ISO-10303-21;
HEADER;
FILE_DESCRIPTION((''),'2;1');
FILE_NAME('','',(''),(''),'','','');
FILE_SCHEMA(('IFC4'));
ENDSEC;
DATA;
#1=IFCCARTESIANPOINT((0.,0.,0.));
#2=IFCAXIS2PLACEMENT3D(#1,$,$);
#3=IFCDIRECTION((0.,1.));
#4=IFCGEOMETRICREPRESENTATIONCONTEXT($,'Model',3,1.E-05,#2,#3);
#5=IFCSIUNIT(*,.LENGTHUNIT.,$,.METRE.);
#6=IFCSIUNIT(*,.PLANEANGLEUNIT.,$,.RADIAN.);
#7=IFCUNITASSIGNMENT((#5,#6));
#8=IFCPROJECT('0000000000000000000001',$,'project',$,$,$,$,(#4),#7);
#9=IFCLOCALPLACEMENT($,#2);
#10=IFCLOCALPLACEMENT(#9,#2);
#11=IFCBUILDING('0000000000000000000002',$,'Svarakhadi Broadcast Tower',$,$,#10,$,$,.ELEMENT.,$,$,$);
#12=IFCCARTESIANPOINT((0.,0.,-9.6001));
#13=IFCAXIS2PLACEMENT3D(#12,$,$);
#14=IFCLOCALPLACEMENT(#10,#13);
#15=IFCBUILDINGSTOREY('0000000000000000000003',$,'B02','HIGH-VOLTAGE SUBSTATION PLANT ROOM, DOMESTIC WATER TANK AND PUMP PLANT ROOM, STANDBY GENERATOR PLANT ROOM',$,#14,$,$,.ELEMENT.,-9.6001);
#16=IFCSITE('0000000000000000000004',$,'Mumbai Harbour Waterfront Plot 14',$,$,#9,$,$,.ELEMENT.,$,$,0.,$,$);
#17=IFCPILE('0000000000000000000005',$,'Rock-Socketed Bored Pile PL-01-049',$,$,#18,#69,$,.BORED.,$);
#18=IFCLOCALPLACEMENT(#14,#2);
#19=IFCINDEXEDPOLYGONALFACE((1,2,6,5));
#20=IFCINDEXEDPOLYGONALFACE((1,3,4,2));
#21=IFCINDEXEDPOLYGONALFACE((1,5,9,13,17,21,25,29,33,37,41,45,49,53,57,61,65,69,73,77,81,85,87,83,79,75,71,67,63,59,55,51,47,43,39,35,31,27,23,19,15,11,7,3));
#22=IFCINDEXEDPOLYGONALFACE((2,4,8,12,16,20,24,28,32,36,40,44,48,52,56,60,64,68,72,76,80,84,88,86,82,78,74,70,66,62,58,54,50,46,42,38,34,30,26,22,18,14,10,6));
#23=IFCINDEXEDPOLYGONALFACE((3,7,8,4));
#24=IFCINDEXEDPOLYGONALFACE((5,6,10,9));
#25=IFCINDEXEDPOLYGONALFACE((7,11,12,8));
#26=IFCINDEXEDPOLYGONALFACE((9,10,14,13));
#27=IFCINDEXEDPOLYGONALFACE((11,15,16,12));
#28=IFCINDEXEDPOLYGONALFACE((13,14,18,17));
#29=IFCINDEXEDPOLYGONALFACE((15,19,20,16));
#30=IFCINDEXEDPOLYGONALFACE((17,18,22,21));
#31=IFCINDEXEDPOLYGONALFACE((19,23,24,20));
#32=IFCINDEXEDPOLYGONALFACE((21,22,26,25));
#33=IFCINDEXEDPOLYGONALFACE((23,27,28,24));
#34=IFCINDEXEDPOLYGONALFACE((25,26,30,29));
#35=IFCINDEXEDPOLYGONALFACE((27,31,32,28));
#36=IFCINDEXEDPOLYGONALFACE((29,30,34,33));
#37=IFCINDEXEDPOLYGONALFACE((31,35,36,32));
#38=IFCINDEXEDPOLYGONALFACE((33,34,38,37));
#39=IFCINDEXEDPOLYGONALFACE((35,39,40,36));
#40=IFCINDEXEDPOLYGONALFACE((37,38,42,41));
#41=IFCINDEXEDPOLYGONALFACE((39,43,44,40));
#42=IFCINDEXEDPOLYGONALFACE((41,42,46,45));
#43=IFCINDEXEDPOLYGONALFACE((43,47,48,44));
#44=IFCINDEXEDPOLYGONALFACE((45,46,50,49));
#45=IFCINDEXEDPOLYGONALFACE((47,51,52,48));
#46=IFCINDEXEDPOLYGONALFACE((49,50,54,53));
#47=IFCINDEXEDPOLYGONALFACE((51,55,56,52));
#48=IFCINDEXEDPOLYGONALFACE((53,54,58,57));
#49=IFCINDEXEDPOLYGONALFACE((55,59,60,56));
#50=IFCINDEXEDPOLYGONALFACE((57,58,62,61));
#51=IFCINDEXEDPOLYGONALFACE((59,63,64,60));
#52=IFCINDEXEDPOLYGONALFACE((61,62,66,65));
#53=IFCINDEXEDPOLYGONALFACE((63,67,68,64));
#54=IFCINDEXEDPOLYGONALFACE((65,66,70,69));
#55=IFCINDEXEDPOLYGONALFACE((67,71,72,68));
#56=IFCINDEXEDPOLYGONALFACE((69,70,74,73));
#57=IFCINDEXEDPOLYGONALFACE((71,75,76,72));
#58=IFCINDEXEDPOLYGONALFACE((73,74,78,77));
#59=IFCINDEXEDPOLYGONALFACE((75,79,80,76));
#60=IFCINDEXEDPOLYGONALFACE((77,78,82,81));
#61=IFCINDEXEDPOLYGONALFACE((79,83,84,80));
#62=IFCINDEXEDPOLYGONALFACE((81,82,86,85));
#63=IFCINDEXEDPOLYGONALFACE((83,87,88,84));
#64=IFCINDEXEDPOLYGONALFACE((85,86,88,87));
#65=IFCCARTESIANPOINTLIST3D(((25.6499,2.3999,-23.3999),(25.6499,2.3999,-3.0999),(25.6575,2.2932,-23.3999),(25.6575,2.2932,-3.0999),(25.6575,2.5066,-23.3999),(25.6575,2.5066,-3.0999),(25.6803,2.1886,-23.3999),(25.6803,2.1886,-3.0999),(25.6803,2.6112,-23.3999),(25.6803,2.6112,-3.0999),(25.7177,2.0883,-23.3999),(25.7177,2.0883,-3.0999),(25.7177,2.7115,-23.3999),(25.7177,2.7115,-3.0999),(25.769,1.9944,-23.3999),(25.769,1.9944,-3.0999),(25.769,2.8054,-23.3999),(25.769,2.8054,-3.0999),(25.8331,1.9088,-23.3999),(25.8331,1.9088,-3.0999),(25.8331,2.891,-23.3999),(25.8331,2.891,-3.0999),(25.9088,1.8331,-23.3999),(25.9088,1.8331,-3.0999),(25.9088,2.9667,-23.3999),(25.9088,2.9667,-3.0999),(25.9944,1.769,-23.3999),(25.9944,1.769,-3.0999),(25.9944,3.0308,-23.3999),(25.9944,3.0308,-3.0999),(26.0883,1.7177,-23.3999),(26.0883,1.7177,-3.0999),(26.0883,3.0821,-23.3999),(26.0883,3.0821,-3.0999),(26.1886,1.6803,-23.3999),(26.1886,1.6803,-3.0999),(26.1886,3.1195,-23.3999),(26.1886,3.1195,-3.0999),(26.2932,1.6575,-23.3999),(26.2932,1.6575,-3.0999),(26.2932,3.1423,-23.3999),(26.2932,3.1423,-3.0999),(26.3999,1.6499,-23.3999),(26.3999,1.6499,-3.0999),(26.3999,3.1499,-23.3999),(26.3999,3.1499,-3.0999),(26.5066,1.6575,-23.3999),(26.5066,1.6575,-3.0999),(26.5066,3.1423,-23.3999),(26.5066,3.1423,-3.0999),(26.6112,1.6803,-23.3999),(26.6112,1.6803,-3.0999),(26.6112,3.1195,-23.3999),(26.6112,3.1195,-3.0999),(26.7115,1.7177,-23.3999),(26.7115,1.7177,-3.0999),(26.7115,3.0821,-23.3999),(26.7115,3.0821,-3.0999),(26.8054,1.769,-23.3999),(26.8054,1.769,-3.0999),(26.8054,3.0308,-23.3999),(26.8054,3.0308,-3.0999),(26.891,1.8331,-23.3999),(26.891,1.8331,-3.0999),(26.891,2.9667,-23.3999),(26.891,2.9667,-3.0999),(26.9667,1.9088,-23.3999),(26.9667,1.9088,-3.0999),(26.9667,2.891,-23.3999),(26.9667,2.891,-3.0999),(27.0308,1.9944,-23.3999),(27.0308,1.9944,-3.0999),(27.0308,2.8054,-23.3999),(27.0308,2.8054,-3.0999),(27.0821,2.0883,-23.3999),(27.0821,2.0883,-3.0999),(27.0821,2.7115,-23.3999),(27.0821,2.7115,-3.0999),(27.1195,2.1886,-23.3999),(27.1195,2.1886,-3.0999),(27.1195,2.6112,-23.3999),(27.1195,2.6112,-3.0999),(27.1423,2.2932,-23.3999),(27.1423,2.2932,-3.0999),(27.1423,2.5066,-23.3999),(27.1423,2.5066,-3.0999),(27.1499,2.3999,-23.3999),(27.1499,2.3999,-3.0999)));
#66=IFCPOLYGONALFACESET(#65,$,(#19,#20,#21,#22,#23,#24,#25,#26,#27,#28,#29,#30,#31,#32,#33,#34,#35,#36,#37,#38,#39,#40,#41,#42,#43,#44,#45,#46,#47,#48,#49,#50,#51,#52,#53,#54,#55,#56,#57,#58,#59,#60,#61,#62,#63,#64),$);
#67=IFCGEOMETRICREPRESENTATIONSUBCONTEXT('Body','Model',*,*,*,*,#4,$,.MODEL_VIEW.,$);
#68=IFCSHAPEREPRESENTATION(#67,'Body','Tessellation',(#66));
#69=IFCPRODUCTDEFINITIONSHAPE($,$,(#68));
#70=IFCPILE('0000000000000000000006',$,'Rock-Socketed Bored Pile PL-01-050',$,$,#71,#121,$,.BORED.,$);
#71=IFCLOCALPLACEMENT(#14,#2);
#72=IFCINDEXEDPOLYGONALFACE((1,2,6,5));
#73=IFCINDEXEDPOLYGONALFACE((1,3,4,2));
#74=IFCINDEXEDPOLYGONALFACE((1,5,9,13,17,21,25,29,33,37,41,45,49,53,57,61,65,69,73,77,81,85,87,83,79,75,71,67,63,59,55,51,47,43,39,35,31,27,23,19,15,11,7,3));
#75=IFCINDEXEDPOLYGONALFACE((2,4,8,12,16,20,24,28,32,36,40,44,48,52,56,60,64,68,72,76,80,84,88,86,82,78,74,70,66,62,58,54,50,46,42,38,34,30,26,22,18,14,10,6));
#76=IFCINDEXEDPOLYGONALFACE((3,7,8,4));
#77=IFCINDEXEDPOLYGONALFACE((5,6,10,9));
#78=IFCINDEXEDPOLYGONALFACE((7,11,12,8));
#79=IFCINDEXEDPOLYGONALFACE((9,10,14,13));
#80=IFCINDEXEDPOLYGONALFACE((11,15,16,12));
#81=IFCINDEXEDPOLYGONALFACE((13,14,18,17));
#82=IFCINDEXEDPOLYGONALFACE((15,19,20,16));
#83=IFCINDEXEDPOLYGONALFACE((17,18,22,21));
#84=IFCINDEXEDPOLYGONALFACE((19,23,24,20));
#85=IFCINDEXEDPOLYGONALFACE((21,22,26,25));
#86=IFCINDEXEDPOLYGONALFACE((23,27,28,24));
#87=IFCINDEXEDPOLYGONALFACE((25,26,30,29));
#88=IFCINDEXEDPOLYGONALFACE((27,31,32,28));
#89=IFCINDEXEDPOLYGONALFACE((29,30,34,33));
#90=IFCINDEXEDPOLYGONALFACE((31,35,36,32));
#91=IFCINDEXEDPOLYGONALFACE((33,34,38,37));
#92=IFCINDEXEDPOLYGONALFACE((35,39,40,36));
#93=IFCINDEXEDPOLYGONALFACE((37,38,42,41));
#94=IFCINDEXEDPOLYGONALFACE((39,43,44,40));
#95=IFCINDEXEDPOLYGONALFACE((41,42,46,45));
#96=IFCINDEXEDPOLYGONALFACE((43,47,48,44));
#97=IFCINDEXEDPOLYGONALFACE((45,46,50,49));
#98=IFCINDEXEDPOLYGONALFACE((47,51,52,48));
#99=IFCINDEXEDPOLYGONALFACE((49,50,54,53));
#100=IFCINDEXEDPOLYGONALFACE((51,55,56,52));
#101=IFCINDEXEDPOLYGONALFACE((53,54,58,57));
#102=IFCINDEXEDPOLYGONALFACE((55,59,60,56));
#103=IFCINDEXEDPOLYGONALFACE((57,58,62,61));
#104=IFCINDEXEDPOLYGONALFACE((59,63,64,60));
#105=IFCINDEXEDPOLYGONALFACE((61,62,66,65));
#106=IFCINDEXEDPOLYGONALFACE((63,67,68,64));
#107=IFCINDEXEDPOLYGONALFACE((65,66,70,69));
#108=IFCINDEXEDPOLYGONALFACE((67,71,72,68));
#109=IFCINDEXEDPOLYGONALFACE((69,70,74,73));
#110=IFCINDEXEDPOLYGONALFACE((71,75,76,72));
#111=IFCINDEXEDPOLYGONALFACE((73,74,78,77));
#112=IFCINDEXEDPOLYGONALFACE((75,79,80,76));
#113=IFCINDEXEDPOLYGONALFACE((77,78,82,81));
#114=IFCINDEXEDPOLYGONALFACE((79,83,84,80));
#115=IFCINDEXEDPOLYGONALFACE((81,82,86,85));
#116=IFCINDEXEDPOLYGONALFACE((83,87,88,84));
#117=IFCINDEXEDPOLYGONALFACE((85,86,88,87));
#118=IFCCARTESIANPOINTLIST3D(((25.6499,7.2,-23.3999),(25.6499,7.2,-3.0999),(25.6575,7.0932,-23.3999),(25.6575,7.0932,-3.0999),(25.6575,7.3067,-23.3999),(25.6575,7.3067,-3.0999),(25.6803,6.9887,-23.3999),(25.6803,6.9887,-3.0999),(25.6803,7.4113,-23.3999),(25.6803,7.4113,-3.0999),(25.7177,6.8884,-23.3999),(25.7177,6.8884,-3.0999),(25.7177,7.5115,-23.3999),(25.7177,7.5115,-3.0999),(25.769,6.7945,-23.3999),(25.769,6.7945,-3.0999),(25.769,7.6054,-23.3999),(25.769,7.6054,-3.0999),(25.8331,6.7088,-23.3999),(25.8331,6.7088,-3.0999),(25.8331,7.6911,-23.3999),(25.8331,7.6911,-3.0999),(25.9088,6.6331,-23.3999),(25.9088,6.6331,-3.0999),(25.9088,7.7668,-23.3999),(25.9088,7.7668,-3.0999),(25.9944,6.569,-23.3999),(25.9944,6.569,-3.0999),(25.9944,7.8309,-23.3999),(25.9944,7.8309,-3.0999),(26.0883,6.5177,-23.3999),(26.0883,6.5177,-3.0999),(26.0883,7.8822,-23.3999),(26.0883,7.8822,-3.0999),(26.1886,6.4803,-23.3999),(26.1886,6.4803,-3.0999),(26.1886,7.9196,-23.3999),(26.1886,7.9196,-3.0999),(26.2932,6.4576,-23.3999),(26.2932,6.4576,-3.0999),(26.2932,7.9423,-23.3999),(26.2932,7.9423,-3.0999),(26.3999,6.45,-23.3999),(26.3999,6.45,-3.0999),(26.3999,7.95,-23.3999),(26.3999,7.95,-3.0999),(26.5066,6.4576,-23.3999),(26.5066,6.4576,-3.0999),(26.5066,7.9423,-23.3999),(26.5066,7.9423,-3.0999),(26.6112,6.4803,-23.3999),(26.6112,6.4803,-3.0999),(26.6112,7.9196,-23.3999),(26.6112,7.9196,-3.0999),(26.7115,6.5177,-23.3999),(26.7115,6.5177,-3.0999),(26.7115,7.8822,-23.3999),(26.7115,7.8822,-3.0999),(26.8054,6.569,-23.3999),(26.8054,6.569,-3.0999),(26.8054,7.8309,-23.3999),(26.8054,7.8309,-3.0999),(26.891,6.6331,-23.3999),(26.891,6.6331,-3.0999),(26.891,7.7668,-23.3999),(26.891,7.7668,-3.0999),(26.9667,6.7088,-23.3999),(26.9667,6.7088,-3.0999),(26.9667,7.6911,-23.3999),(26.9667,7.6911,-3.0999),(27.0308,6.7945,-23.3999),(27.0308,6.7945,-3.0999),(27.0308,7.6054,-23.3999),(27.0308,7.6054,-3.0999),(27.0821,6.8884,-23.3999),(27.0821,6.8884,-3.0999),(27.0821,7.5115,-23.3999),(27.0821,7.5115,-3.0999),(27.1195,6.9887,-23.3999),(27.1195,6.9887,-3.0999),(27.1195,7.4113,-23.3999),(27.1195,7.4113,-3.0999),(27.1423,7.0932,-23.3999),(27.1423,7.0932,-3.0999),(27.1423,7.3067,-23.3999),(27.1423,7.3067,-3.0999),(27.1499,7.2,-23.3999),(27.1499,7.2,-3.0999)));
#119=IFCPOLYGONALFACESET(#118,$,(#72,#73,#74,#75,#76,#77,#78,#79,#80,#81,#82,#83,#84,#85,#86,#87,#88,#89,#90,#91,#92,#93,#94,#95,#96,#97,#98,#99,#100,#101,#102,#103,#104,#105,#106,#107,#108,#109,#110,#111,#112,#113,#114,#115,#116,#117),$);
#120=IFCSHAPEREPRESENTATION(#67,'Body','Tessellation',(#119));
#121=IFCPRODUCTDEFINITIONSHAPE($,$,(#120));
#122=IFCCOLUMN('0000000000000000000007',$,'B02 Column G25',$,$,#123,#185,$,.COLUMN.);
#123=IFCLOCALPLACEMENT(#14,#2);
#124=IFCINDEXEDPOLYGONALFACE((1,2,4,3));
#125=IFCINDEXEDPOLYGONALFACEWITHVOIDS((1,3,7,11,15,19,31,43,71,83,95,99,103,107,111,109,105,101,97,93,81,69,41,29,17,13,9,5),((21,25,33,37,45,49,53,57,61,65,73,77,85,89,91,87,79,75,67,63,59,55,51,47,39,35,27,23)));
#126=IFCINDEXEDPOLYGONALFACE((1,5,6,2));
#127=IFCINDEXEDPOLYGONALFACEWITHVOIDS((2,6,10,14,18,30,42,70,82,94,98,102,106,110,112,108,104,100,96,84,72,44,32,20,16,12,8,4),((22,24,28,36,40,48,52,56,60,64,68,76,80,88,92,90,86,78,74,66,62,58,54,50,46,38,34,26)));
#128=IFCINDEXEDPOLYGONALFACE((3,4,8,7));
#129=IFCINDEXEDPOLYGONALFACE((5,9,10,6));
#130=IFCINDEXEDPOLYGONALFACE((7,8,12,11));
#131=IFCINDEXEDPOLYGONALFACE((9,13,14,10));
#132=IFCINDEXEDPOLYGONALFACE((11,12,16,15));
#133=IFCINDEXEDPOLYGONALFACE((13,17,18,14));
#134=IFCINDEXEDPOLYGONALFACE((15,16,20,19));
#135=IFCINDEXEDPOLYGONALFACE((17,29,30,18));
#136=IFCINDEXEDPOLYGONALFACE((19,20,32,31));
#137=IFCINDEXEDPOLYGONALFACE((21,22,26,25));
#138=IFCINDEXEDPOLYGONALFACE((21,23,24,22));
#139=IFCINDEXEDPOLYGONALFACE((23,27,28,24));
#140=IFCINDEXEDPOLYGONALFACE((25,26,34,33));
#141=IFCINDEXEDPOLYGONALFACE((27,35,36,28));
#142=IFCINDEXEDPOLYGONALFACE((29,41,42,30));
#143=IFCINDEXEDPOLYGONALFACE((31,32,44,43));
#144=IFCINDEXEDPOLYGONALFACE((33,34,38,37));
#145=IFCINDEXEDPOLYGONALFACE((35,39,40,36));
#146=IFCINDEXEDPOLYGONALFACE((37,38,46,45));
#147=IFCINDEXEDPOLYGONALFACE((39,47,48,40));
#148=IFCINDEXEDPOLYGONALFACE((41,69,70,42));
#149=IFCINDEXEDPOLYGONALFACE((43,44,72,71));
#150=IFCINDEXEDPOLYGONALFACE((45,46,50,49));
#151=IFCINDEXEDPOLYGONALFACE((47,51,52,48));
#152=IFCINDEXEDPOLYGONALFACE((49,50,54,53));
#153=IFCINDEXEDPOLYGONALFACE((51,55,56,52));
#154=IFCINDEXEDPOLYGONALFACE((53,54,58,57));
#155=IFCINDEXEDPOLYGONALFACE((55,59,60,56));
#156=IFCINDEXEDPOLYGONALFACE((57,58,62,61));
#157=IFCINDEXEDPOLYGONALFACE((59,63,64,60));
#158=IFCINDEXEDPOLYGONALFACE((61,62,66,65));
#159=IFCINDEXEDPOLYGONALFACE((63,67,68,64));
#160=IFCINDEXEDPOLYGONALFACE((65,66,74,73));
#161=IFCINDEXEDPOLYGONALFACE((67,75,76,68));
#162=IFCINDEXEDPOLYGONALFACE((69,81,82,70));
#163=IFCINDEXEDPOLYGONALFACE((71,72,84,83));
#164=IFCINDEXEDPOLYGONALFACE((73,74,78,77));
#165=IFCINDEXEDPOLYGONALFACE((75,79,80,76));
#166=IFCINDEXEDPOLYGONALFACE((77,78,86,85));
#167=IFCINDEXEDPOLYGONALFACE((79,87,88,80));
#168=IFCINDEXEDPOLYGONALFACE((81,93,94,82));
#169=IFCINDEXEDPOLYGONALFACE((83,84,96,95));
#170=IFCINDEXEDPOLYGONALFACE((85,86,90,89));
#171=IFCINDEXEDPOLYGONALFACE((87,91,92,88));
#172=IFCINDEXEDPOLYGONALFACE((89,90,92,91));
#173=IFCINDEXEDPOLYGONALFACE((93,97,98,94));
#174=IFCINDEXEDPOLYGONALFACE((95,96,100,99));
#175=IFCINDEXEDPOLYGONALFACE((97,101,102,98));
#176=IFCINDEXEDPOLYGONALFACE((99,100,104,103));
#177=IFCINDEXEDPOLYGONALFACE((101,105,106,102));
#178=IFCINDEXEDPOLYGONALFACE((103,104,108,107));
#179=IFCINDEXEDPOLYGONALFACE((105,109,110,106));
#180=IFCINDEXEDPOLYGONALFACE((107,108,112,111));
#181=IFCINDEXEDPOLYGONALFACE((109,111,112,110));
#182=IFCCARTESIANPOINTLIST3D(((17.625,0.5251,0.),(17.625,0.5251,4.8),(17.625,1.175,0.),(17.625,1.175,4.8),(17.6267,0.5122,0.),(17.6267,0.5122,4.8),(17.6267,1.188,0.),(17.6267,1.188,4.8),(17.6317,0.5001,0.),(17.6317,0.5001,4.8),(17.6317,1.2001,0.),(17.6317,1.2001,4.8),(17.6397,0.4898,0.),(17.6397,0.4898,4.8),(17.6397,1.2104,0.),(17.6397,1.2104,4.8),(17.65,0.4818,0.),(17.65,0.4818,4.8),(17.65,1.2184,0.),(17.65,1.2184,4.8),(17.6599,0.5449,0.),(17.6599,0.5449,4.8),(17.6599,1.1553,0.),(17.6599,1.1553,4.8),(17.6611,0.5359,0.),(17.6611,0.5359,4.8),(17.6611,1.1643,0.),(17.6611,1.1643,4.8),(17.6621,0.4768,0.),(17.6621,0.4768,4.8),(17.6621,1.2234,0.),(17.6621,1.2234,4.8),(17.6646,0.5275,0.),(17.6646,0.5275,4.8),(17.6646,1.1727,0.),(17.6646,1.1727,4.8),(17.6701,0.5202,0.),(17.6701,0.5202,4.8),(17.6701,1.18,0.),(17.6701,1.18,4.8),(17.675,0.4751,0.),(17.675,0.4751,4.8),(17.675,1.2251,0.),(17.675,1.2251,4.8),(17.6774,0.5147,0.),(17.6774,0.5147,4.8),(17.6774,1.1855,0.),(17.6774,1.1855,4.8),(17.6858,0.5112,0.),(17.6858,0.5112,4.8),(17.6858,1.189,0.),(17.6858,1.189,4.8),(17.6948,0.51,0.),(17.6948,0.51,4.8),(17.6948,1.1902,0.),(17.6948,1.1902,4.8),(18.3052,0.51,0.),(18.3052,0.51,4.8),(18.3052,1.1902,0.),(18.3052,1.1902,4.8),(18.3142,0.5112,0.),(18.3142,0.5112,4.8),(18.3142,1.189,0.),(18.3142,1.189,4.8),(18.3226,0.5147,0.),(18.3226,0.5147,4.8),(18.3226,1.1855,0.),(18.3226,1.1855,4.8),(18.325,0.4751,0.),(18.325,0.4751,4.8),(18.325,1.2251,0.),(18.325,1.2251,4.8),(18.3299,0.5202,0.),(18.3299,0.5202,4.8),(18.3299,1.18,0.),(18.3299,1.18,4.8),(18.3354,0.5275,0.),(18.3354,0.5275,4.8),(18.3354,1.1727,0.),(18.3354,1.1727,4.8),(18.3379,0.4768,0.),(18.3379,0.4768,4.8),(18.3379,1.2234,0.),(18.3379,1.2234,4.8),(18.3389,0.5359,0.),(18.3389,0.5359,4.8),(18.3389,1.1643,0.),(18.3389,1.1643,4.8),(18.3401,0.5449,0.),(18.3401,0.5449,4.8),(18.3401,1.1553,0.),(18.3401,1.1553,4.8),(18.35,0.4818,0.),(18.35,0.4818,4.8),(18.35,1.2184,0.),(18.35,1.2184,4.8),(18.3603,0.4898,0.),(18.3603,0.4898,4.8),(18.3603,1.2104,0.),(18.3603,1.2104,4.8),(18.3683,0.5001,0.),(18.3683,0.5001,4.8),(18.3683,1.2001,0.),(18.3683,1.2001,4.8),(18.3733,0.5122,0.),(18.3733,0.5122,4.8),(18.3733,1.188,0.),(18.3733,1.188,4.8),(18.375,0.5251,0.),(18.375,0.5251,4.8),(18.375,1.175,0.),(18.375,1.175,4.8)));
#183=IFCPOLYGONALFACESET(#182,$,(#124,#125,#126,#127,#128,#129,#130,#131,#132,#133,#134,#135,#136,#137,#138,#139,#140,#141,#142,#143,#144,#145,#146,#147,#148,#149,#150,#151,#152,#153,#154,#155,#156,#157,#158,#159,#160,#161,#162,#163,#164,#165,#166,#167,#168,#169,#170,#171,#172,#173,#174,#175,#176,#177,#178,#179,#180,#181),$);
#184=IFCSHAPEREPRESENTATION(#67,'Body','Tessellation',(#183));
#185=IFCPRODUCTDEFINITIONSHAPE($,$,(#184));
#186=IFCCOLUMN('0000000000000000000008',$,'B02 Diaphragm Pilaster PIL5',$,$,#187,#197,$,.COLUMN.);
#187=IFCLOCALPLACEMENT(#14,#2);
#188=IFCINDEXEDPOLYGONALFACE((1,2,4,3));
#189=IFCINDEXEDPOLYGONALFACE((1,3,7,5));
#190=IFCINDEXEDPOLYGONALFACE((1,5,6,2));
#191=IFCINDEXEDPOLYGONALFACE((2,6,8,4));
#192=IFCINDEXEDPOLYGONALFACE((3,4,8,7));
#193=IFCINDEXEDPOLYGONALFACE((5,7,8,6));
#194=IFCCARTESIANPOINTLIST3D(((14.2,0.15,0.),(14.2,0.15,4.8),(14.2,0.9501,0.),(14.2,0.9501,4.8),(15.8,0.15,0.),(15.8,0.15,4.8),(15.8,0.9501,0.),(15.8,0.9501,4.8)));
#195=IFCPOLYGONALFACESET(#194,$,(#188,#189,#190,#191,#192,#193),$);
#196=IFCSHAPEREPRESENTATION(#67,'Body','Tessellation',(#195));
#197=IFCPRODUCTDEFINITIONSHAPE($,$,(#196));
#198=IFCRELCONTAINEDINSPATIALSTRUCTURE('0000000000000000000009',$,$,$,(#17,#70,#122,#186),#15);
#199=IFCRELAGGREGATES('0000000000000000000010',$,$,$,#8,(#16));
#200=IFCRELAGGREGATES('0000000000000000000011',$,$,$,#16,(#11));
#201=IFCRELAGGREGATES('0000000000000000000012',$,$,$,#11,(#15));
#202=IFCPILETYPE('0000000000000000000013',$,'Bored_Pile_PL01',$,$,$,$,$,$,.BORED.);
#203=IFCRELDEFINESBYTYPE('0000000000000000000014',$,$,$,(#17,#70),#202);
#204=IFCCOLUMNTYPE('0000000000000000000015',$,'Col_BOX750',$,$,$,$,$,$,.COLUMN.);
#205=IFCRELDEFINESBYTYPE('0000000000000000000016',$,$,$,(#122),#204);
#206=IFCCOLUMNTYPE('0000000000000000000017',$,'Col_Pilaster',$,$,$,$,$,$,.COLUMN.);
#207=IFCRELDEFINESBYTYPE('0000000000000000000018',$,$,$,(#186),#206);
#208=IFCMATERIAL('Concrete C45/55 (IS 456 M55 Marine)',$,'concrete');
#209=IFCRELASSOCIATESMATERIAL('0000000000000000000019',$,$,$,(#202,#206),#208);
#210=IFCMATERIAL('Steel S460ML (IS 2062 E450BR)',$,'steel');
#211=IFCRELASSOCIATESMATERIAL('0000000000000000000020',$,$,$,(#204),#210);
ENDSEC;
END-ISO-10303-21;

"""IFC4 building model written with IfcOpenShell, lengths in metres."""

from ifc_helpers import new_model, si_unit, direction, frame, origin, origin_2d, place, context, subcontext, project, spatial, rectangle, hollow_rectangle, circle, extrude, material, material_profile, profile_set, type_object, element, save


model = new_model("IFC4")

# Units and contexts
model_context = context("Model", 3, precision=1e-05, world=origin(), true_north=direction((0.0, 1.0)))
body_context = subcontext(model_context, "Body", "Model", "MODEL_VIEW")
ifc_project = project(units=[si_unit("LENGTHUNIT", "METRE"), si_unit("PLANEANGLEUNIT", "RADIAN")], contexts=[model_context])

# Site, building, storey
site_placement = place(None, origin())
site = spatial("IfcSite", under=ifc_project, at=site_placement, Name="Mumbai Harbour Waterfront Plot 14", CompositionType="ELEMENT", RefElevation=0.0)
building_placement = place(site_placement, origin())
building = spatial("IfcBuilding", under=site, at=building_placement, Name="Svarakhadi Broadcast Tower", CompositionType="ELEMENT")
storey_placement = place(building_placement, frame((0.0, 0.0, -9.6001)))
storey = spatial("IfcBuildingStorey", under=building, at=storey_placement, Name="B02", Description="HIGH-VOLTAGE SUBSTATION PLANT ROOM, DOMESTIC WATER TANK AND PUMP PLANT ROOM, STANDBY GENERATOR PLANT ROOM", CompositionType="ELEMENT", Elevation=-9.6001)

# Piles
ifc_material_1 = material(Name="Concrete C45/55 (IS 456 M55 Marine)", Category="concrete")
ifc_material_profile_1 = material_profile(ifc_material_1, circle(Radius=0.75, at=origin_2d()), Name="PILE D1500")
ifc_profile_set_1 = profile_set([ifc_material_profile_1], Name="Concrete C45/55 (IS 456 M55 Marine)")
pile_type = type_object("IfcPileType", Name="Bored_Pile_PL01", PredefinedType="BORED", material=ifc_profile_set_1)
for number, where, z_axis, x_axis, name in (
    (1, (26.3999, 2.3999, -3.0999), (0.0, 0.0, -1.0), (1.0, 0.0, 0.0), "Rock-Socketed Bored Pile PL-01-049"),
    (2, (26.3999, 7.2, -3.0999), (0.0, 0.0, -1.0), (1.0, 0.0, 0.0), "Rock-Socketed Bored Pile PL-01-050"),
):
    element("IfcPile", number, at=place(storey_placement, frame(where, z_axis=z_axis, x_axis=x_axis)), inside=storey, type_object=pile_type, Name=name, PredefinedType="BORED", context=body_context, shape_type="SweptSolid", body=[
        extrude(circle(Radius=0.75, at=origin_2d()), origin(), (0.0, 0.0, 1.0), 20.3),
    ])

# Columns
ifc_material_2 = material(Name="Steel S460ML (IS 2062 E450BR)", Category="steel")
ifc_material_profile_2 = material_profile(ifc_material_2, hollow_rectangle(XDim=0.75, YDim=0.75, WallThickness=0.0349, InnerFilletRadius=0.0349, OuterFilletRadius=0.05, at=origin_2d()), Name="BOX 750x750x35")
ifc_profile_set_2 = profile_set([ifc_material_profile_2], Name="Steel S460ML (IS 2062 E450BR)")
column_type_1 = type_object("IfcColumnType", Name="Col_BOX750", PredefinedType="COLUMN", material=ifc_profile_set_2)
column_1_placement = place(storey_placement, frame((18.0, 0.8501, 0.0), z_axis=(0.0, 0.0, 1.0), x_axis=(1.0, 0.0, 0.0)))
element("IfcColumn", 3, at=column_1_placement, inside=storey, type_object=column_type_1, Name="B02 Column G25", PredefinedType="COLUMN", context=body_context, shape_type="SweptSolid", body=[
    extrude(hollow_rectangle(XDim=0.75, YDim=0.75, WallThickness=0.0349, InnerFilletRadius=0.0349, OuterFilletRadius=0.05, at=origin_2d()), origin(), (0.0, 0.0, 1.0), 4.8),
])
ifc_material_profile_3 = material_profile(ifc_material_1, rectangle(XDim=0.8, YDim=1.6001, at=origin_2d()), Name="RC 800x1600")
ifc_profile_set_3 = profile_set([ifc_material_profile_3], Name="Concrete C45/55 (IS 456 M55 Marine)")
column_type_2 = type_object("IfcColumnType", Name="Col_Pilaster", PredefinedType="COLUMN", material=ifc_profile_set_3)
column_2_placement = place(storey_placement, frame((15.0, 0.55, 0.0), z_axis=(0.0, 0.0, 1.0), x_axis=(0.0, 1.0, 0.0)))
element("IfcColumn", 4, at=column_2_placement, inside=storey, type_object=column_type_2, Name="B02 Diaphragm Pilaster PIL5", PredefinedType="COLUMN", context=body_context, shape_type="SweptSolid", body=[
    extrude(rectangle(XDim=0.8, YDim=1.6001, at=origin_2d()), origin(), (0.0, 0.0, 1.0), 4.8),
])

save(model, "model.ifc")
